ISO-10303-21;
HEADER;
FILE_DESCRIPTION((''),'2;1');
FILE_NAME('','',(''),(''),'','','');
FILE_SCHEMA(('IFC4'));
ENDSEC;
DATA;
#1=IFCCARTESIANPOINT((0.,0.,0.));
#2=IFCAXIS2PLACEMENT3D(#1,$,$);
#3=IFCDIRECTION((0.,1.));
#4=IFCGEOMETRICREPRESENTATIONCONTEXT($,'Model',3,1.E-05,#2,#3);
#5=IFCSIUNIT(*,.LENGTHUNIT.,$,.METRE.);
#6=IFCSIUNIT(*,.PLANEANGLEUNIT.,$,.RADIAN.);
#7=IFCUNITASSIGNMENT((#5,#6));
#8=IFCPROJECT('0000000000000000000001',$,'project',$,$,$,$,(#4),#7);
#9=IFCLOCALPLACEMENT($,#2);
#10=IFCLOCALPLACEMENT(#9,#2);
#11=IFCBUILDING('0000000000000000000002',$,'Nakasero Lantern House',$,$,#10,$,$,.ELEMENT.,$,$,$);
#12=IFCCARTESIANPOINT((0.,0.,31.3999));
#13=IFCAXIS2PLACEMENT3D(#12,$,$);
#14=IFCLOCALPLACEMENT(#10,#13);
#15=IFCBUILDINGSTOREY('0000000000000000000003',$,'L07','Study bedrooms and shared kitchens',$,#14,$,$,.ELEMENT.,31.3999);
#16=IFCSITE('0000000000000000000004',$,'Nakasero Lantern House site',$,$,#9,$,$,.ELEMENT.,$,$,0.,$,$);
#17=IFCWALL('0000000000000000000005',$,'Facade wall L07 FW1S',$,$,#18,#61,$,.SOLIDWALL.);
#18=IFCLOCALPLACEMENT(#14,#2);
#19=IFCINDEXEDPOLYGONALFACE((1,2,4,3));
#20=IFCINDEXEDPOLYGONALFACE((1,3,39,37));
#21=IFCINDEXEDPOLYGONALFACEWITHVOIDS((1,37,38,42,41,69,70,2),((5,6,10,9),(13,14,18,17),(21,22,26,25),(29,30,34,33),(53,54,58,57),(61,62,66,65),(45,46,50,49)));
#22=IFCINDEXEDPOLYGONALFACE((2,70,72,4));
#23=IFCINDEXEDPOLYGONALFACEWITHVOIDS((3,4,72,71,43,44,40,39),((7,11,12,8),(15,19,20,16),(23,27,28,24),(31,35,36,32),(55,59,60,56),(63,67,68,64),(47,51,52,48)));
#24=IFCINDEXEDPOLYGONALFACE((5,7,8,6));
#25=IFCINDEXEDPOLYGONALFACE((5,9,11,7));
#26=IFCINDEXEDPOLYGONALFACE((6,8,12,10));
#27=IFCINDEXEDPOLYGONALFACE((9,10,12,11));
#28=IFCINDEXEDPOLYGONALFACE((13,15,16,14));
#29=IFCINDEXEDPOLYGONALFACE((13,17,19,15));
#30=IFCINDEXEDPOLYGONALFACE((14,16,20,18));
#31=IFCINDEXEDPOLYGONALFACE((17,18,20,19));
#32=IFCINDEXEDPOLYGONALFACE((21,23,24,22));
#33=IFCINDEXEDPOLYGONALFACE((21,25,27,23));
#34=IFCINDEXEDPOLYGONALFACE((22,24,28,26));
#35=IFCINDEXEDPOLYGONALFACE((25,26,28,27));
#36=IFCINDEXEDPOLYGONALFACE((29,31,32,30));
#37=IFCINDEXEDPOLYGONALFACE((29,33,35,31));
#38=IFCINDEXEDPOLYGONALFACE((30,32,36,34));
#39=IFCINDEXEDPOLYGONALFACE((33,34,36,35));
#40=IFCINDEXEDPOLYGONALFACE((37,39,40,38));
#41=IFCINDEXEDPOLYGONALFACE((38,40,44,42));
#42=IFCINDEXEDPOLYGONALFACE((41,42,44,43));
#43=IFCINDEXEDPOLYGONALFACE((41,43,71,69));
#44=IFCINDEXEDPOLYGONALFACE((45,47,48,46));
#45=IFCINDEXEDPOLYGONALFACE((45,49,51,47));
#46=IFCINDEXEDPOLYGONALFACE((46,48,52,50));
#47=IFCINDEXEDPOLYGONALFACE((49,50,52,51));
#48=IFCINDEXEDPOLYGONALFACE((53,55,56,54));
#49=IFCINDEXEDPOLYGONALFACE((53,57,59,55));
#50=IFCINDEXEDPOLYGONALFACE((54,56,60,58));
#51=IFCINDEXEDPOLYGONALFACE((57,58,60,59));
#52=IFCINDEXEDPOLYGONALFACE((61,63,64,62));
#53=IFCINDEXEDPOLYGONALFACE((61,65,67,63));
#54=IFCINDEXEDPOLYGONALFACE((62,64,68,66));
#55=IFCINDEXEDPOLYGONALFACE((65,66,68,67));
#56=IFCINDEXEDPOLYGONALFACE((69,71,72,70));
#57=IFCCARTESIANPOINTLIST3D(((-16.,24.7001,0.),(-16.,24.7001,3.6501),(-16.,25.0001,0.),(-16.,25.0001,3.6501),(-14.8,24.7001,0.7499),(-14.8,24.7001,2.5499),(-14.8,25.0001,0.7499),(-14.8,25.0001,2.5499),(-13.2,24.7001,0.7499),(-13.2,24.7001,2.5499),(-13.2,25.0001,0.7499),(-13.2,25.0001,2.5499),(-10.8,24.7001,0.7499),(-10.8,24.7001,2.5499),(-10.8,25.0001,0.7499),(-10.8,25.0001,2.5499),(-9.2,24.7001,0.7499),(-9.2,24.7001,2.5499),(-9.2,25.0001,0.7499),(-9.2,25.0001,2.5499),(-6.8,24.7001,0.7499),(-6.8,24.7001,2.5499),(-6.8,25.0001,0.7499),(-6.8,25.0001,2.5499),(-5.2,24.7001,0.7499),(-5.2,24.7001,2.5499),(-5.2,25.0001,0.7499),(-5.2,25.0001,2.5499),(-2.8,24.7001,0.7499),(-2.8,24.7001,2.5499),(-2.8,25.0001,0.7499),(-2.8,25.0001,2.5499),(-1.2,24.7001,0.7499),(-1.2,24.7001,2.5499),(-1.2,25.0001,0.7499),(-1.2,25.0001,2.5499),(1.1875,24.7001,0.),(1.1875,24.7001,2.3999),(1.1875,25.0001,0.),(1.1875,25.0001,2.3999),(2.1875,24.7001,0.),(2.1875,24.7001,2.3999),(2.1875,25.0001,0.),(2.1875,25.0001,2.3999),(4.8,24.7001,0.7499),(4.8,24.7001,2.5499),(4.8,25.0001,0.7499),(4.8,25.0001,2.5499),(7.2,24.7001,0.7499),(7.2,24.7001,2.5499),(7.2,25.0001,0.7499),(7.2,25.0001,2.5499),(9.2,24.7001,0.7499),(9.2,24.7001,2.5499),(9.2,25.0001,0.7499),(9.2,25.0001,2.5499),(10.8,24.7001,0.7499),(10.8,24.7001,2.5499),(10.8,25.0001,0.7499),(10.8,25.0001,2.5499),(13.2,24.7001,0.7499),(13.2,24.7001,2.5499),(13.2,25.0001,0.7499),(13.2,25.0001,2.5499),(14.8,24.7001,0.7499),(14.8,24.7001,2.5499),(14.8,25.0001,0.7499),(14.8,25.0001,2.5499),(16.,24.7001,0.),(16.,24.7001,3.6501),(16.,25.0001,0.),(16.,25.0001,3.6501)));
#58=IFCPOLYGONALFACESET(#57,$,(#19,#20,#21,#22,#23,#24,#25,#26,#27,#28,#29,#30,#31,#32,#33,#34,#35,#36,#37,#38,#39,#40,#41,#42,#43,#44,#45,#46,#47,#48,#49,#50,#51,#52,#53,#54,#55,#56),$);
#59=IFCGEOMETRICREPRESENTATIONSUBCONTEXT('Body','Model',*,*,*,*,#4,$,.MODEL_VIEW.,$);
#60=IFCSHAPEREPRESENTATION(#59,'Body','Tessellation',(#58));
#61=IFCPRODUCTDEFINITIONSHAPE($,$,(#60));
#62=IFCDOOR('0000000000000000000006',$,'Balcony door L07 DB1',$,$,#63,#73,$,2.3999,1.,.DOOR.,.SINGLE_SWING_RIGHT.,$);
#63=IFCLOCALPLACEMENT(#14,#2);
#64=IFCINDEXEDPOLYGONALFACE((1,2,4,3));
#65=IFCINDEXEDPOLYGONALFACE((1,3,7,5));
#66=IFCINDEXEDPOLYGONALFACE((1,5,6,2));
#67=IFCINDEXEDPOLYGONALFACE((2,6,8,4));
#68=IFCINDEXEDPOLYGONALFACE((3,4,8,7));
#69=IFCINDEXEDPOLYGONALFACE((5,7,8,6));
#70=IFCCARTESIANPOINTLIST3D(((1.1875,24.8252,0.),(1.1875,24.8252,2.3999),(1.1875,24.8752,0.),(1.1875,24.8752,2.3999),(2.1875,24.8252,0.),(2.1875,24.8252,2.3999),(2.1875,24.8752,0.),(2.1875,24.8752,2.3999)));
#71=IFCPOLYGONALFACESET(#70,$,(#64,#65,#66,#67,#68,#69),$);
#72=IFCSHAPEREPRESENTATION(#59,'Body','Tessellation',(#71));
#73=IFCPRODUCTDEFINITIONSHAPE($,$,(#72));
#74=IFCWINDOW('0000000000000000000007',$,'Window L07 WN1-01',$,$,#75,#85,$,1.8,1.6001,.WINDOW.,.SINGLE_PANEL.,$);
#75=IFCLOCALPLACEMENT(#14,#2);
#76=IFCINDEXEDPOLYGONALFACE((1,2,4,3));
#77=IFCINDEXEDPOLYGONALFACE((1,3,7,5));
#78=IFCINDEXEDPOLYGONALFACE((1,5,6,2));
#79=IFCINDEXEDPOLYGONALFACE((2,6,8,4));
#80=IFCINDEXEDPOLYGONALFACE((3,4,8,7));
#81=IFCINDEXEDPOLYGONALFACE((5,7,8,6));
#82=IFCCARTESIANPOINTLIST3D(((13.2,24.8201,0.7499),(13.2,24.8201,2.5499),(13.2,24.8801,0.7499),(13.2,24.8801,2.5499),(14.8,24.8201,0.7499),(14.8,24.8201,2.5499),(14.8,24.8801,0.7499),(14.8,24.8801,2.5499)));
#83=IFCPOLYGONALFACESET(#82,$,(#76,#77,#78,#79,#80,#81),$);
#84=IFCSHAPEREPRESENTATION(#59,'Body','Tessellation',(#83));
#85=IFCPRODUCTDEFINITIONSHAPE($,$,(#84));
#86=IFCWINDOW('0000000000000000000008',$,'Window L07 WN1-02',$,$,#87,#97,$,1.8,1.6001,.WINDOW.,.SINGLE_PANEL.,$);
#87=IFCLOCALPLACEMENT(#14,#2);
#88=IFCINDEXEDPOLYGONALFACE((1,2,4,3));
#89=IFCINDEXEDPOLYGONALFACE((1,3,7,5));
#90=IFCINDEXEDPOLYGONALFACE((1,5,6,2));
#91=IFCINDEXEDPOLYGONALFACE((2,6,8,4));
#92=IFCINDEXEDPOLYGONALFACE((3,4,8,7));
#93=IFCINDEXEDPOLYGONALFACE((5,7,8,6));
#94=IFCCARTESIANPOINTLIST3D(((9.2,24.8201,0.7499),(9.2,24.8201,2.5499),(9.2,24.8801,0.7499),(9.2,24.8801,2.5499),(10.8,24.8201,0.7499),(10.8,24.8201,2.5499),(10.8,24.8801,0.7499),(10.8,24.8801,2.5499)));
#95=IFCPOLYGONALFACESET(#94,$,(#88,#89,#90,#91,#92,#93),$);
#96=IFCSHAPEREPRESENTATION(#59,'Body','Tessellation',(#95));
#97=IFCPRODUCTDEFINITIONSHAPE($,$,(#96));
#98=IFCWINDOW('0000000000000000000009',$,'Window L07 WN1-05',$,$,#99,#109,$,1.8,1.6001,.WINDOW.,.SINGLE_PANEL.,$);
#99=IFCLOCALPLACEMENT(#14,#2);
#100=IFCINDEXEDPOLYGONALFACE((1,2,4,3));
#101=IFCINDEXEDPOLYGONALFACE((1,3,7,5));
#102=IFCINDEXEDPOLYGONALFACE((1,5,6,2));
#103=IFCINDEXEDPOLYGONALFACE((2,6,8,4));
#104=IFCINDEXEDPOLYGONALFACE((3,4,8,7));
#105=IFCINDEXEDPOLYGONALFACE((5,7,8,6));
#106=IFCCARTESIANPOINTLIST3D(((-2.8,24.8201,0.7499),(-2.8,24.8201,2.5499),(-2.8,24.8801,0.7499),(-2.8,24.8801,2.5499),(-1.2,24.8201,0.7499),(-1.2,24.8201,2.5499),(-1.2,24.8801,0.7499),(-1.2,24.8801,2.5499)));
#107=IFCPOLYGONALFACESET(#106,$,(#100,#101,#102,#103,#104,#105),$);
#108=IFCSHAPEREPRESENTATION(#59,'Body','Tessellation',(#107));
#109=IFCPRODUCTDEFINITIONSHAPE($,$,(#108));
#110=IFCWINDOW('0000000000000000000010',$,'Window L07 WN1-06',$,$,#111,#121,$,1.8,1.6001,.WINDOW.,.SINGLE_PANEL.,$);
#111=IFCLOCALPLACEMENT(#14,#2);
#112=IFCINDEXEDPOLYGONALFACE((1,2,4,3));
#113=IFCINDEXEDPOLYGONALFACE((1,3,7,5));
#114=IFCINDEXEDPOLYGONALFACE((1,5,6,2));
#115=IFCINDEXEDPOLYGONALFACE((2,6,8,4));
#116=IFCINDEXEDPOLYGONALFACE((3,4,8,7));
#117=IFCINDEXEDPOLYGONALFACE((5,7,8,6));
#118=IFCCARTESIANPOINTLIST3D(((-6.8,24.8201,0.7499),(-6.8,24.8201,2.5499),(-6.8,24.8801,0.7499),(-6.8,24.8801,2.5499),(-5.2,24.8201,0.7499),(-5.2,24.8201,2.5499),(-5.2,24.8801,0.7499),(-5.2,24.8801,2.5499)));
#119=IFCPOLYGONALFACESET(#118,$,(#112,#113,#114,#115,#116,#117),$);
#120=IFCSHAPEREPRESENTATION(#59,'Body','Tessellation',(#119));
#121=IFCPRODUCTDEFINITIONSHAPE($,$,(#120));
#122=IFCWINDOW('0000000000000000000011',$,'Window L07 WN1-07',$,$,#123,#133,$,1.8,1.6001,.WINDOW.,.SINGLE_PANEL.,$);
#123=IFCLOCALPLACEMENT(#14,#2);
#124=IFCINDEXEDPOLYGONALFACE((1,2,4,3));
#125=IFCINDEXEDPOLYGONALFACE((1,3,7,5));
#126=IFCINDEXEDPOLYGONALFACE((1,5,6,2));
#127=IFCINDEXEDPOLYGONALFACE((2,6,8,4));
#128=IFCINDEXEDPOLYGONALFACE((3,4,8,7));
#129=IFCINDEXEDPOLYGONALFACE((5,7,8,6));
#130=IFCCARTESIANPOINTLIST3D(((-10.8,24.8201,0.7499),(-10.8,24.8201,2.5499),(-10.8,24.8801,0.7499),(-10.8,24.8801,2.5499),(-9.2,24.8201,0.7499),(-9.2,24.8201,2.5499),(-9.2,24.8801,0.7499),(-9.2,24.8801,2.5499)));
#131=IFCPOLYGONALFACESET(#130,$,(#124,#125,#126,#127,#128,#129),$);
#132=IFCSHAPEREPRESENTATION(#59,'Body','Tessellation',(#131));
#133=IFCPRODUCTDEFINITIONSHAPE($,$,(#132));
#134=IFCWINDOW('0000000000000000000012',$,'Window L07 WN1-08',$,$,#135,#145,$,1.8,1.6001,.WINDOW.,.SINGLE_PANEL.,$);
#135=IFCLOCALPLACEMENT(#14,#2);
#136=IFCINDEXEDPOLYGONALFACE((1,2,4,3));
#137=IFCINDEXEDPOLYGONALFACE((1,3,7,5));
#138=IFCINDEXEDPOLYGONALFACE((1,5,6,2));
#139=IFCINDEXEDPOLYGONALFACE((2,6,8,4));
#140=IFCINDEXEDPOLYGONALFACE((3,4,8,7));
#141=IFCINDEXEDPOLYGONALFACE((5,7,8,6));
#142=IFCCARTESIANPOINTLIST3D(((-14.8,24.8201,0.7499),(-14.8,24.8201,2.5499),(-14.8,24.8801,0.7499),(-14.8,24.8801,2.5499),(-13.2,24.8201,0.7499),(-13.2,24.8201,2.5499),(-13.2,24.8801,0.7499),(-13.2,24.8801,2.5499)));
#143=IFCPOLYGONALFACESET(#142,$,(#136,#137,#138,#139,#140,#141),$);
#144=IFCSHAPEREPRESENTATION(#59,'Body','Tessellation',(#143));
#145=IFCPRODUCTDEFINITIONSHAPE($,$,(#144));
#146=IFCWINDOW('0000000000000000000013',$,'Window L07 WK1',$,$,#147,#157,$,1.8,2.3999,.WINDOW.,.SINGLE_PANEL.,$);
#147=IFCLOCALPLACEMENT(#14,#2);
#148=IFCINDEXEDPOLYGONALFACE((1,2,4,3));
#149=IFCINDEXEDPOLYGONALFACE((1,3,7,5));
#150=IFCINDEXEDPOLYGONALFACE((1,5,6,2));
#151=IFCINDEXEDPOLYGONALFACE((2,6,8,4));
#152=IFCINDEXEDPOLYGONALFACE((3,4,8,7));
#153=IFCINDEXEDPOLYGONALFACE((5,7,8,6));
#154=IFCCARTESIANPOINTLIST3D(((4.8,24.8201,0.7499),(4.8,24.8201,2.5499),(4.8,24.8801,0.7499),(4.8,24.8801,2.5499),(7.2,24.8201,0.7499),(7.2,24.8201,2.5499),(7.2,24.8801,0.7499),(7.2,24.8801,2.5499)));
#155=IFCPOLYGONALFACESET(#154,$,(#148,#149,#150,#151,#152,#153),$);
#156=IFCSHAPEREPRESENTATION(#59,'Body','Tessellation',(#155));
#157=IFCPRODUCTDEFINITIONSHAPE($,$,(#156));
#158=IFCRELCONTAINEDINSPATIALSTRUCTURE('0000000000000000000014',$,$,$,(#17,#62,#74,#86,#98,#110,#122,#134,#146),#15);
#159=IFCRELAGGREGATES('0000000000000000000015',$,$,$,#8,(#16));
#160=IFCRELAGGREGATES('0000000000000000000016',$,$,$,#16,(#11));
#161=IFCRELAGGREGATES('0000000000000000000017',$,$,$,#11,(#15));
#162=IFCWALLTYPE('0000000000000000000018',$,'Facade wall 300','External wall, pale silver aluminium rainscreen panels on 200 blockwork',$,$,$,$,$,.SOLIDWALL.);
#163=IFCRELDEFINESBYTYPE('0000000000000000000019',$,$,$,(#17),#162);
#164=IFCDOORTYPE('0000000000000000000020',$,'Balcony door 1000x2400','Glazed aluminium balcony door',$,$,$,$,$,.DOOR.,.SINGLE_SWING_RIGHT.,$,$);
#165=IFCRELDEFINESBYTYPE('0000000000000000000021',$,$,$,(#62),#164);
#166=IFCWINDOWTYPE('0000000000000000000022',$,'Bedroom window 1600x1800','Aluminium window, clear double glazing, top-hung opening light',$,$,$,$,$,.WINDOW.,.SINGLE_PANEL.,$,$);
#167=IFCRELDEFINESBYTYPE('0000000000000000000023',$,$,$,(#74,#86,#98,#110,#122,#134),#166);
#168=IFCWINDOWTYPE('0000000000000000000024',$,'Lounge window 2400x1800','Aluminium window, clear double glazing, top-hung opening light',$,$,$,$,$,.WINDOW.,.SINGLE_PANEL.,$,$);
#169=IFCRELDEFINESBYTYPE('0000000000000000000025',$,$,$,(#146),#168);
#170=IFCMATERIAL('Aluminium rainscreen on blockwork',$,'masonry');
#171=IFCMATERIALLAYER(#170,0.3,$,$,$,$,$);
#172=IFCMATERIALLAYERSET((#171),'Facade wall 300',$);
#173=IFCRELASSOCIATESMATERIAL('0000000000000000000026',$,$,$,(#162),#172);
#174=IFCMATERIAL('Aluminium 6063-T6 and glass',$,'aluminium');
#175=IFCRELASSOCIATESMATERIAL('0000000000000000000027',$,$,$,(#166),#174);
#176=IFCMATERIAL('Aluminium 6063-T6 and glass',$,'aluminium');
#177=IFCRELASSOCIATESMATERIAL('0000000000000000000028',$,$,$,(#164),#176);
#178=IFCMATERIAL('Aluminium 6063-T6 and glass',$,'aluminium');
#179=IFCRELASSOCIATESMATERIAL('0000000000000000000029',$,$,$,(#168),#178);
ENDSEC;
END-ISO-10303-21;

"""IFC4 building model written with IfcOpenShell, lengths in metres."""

from ifc_helpers import new_model, si_unit, direction, frame, frame_2d, origin, place, context, subcontext, project, spatial, rectangle, extrude, material, layer, layer_set, type_object, element, fill, save


model = new_model("IFC4")

# Units and contexts
model_context = context("Model", 3, precision=1e-05, world=origin(), true_north=direction((0.0, 1.0)))
body_context = subcontext(model_context, "Body", "Model", "MODEL_VIEW")
ifc_project = project(units=[si_unit("LENGTHUNIT", "METRE"), si_unit("PLANEANGLEUNIT", "RADIAN")], contexts=[model_context])

# Site, building, storey
site_placement = place(None, origin())
site = spatial("IfcSite", under=ifc_project, at=site_placement, Name="Nakasero Lantern House site", CompositionType="ELEMENT", RefElevation=0.0)
building_placement = place(site_placement, origin())
building = spatial("IfcBuilding", under=site, at=building_placement, Name="Nakasero Lantern House", CompositionType="ELEMENT")
storey_placement = place(building_placement, frame((0.0, 0.0, 31.3999)))
storey = spatial("IfcBuildingStorey", under=building, at=storey_placement, Name="L07", Description="Study bedrooms and shared kitchens", CompositionType="ELEMENT", Elevation=31.3999)

# Shared definitions
ifc_material_1 = material(Name="Aluminium rainscreen on blockwork", Category="masonry")
ifc_layer_1 = layer(ifc_material_1, 0.3)
ifc_layer_set_1 = layer_set([ifc_layer_1], Name="Facade wall 300")
wall_type_1 = type_object("IfcWallType", Name="Facade wall 300", Description="External wall, pale silver aluminium rainscreen panels on 200 blockwork", PredefinedType="SOLIDWALL", material=ifc_layer_set_1)
ifc_material_2 = material(Name="Aluminium 6063-T6 and glass", Category="aluminium")
window_type_1 = type_object("IfcWindowType", Name="Bedroom window 1600x1800", Description="Aluminium window, clear double glazing, top-hung opening light", PartitioningType="SINGLE_PANEL", PredefinedType="WINDOW", material=ifc_material_2)

# Wall, openings, door, windows
wall_1_placement = place(storey_placement, frame((16.0, 24.8501, 0.0), z_axis=(0.0, 0.0, 1.0), x_axis=(-1.0, 0.0, 0.0)))
wall_1 = element("IfcWall", 1, at=wall_1_placement, inside=storey, type_object=wall_type_1, Name="Facade wall L07 FW1S", PredefinedType="SOLIDWALL", context=body_context, shape_type="SweptSolid", body=[
    extrude(rectangle(XDim=32.0, YDim=0.3, at=frame_2d((16.0, 0.0))), origin(), (0.0, 0.0, 1.0), 3.6501),
])
opening_1_placement = place(wall_1_placement, frame((1.2, 0.0, 0.75)))
opening_1 = element("IfcOpeningElement", 2, at=opening_1_placement, cuts=wall_1, PredefinedType="OPENING", context=body_context, shape_type="SweptSolid", body=[
    extrude(rectangle(XDim=1.6001, YDim=1.8, at=frame_2d((0.8, 0.8999))), frame((0.0, 0.1699, 0.0), z_axis=(0.0, -1.0, 0.0), x_axis=(1.0, 0.0, 0.0)), (0.0, 0.0, 1.0), 0.3401),
])
opening_2_placement = place(wall_1_placement, frame((5.2, 0.0, 0.75)))
opening_2 = element("IfcOpeningElement", 3, at=opening_2_placement, cuts=wall_1, PredefinedType="OPENING", context=body_context, shape_type="SweptSolid", body=[
    extrude(rectangle(XDim=1.6001, YDim=1.8, at=frame_2d((0.8, 0.8999))), frame((0.0, 0.1699, 0.0), z_axis=(0.0, -1.0, 0.0), x_axis=(1.0, 0.0, 0.0)), (0.0, 0.0, 1.0), 0.3401),
])
opening_3_placement = place(wall_1_placement, frame((17.2, 0.0, 0.75)))
opening_3 = element("IfcOpeningElement", 4, at=opening_3_placement, cuts=wall_1, PredefinedType="OPENING", context=body_context, shape_type="SweptSolid", body=[
    extrude(rectangle(XDim=1.6001, YDim=1.8, at=frame_2d((0.8, 0.8999))), frame((0.0, 0.1699, 0.0), z_axis=(0.0, -1.0, 0.0), x_axis=(1.0, 0.0, 0.0)), (0.0, 0.0, 1.0), 0.3401),
])
opening_4_placement = place(wall_1_placement, frame((21.2, 0.0, 0.75)))
opening_4 = element("IfcOpeningElement", 5, at=opening_4_placement, cuts=wall_1, PredefinedType="OPENING", context=body_context, shape_type="SweptSolid", body=[
    extrude(rectangle(XDim=1.6001, YDim=1.8, at=frame_2d((0.8, 0.8999))), frame((0.0, 0.1699, 0.0), z_axis=(0.0, -1.0, 0.0), x_axis=(1.0, 0.0, 0.0)), (0.0, 0.0, 1.0), 0.3401),
])
opening_5_placement = place(wall_1_placement, frame((25.2, 0.0, 0.75)))
opening_5 = element("IfcOpeningElement", 6, at=opening_5_placement, cuts=wall_1, PredefinedType="OPENING", context=body_context, shape_type="SweptSolid", body=[
    extrude(rectangle(XDim=1.6001, YDim=1.8, at=frame_2d((0.8, 0.8999))), frame((0.0, 0.1699, 0.0), z_axis=(0.0, -1.0, 0.0), x_axis=(1.0, 0.0, 0.0)), (0.0, 0.0, 1.0), 0.3401),
])
opening_6_placement = place(wall_1_placement, frame((29.2, 0.0, 0.75)))
opening_6 = element("IfcOpeningElement", 7, at=opening_6_placement, cuts=wall_1, PredefinedType="OPENING", context=body_context, shape_type="SweptSolid", body=[
    extrude(rectangle(XDim=1.6001, YDim=1.8, at=frame_2d((0.8, 0.8999))), frame((0.0, 0.1699, 0.0), z_axis=(0.0, -1.0, 0.0), x_axis=(1.0, 0.0, 0.0)), (0.0, 0.0, 1.0), 0.3401),
])
opening_7_placement = place(wall_1_placement, frame((8.8, 0.0, 0.75)))
opening_7 = element("IfcOpeningElement", 8, at=opening_7_placement, cuts=wall_1, PredefinedType="OPENING", context=body_context, shape_type="SweptSolid", body=[
    extrude(rectangle(XDim=2.3999, YDim=1.8, at=frame_2d((1.2, 0.8999))), frame((0.0, 0.1699, 0.0), z_axis=(0.0, -1.0, 0.0), x_axis=(1.0, 0.0, 0.0)), (0.0, 0.0, 1.0), 0.3401),
])
opening_8_placement = place(wall_1_placement, frame((13.8125, 0.0, 0.0)))
opening_8 = element("IfcOpeningElement", 9, at=opening_8_placement, cuts=wall_1, PredefinedType="OPENING", context=body_context, shape_type="SweptSolid", body=[
    extrude(rectangle(XDim=1.0, YDim=2.3999, at=frame_2d((0.5, 1.2))), frame((0.0, 0.1699, 0.0), z_axis=(0.0, -1.0, 0.0), x_axis=(1.0, 0.0, 0.0)), (0.0, 0.0, 1.0), 0.3401),
])
ifc_material_3 = material(Name="Aluminium 6063-T6 and glass", Category="aluminium")
door_type_1 = type_object("IfcDoorType", Name="Balcony door 1000x2400", Description="Glazed aluminium balcony door", OperationType="SINGLE_SWING_RIGHT", PredefinedType="DOOR", material=ifc_material_3)
door_1_placement = place(opening_8_placement, origin())
door_1 = element("IfcDoor", 10, at=door_1_placement, inside=storey, type_object=door_type_1, Name="Balcony door L07 DB1", OperationType="SINGLE_SWING_RIGHT", OverallHeight=2.3999, OverallWidth=1.0, PredefinedType="DOOR", context=body_context, shape_type="SweptSolid", body=[
    extrude(rectangle(XDim=1.0, YDim=2.3999, at=frame_2d((0.5, 1.2))), frame((0.0, 0.0249, 0.0), z_axis=(0.0, -1.0, 0.0), x_axis=(1.0, 0.0, 0.0)), (0.0, 0.0, 1.0), 0.05),
])
fill(opening_8, door_1)
window_1_placement = place(opening_1_placement, origin())
window_1 = element("IfcWindow", 11, at=window_1_placement, inside=storey, type_object=window_type_1, Name="Window L07 WN1-01", OverallHeight=1.8, OverallWidth=1.6001, PartitioningType="SINGLE_PANEL", PredefinedType="WINDOW", context=body_context, shape_type="SweptSolid", body=[
    extrude(rectangle(XDim=1.6001, YDim=1.8, at=frame_2d((0.8, 0.8999))), frame((0.0, 0.03, 0.0), z_axis=(0.0, -1.0, 0.0), x_axis=(1.0, 0.0, 0.0)), (0.0, 0.0, 1.0), 0.0601),
])
fill(opening_1, window_1)
window_2_placement = place(opening_2_placement, origin())
window_2 = element("IfcWindow", 12, at=window_2_placement, inside=storey, type_object=window_type_1, Name="Window L07 WN1-02", OverallHeight=1.8, OverallWidth=1.6001, PartitioningType="SINGLE_PANEL", PredefinedType="WINDOW", context=body_context, shape_type="SweptSolid", body=[
    extrude(rectangle(XDim=1.6001, YDim=1.8, at=frame_2d((0.8, 0.8999))), frame((0.0, 0.03, 0.0), z_axis=(0.0, -1.0, 0.0), x_axis=(1.0, 0.0, 0.0)), (0.0, 0.0, 1.0), 0.0601),
])
fill(opening_2, window_2)
window_3_placement = place(opening_3_placement, origin())
window_3 = element("IfcWindow", 13, at=window_3_placement, inside=storey, type_object=window_type_1, Name="Window L07 WN1-05", OverallHeight=1.8, OverallWidth=1.6001, PartitioningType="SINGLE_PANEL", PredefinedType="WINDOW", context=body_context, shape_type="SweptSolid", body=[
    extrude(rectangle(XDim=1.6001, YDim=1.8, at=frame_2d((0.8, 0.8999))), frame((0.0, 0.03, 0.0), z_axis=(0.0, -1.0, 0.0), x_axis=(1.0, 0.0, 0.0)), (0.0, 0.0, 1.0), 0.0601),
])
fill(opening_3, window_3)
window_4_placement = place(opening_4_placement, origin())
window_4 = element("IfcWindow", 14, at=window_4_placement, inside=storey, type_object=window_type_1, Name="Window L07 WN1-06", OverallHeight=1.8, OverallWidth=1.6001, PartitioningType="SINGLE_PANEL", PredefinedType="WINDOW", context=body_context, shape_type="SweptSolid", body=[
    extrude(rectangle(XDim=1.6001, YDim=1.8, at=frame_2d((0.8, 0.8999))), frame((0.0, 0.03, 0.0), z_axis=(0.0, -1.0, 0.0), x_axis=(1.0, 0.0, 0.0)), (0.0, 0.0, 1.0), 0.0601),
])
fill(opening_4, window_4)
window_5_placement = place(opening_5_placement, origin())
window_5 = element("IfcWindow", 15, at=window_5_placement, inside=storey, type_object=window_type_1, Name="Window L07 WN1-07", OverallHeight=1.8, OverallWidth=1.6001, PartitioningType="SINGLE_PANEL", PredefinedType="WINDOW", context=body_context, shape_type="SweptSolid", body=[
    extrude(rectangle(XDim=1.6001, YDim=1.8, at=frame_2d((0.8, 0.8999))), frame((0.0, 0.03, 0.0), z_axis=(0.0, -1.0, 0.0), x_axis=(1.0, 0.0, 0.0)), (0.0, 0.0, 1.0), 0.0601),
])
fill(opening_5, window_5)
window_6_placement = place(opening_6_placement, origin())
window_6 = element("IfcWindow", 16, at=window_6_placement, inside=storey, type_object=window_type_1, Name="Window L07 WN1-08", OverallHeight=1.8, OverallWidth=1.6001, PartitioningType="SINGLE_PANEL", PredefinedType="WINDOW", context=body_context, shape_type="SweptSolid", body=[
    extrude(rectangle(XDim=1.6001, YDim=1.8, at=frame_2d((0.8, 0.8999))), frame((0.0, 0.03, 0.0), z_axis=(0.0, -1.0, 0.0), x_axis=(1.0, 0.0, 0.0)), (0.0, 0.0, 1.0), 0.0601),
])
fill(opening_6, window_6)
ifc_material_4 = material(Name="Aluminium 6063-T6 and glass", Category="aluminium")
window_type_2 = type_object("IfcWindowType", Name="Lounge window 2400x1800", Description="Aluminium window, clear double glazing, top-hung opening light", PartitioningType="SINGLE_PANEL", PredefinedType="WINDOW", material=ifc_material_4)
window_7_placement = place(opening_7_placement, origin())
window_7 = element("IfcWindow", 17, at=window_7_placement, inside=storey, type_object=window_type_2, Name="Window L07 WK1", OverallHeight=1.8, OverallWidth=2.3999, PartitioningType="SINGLE_PANEL", PredefinedType="WINDOW", context=body_context, shape_type="SweptSolid", body=[
    extrude(rectangle(XDim=2.3999, YDim=1.8, at=frame_2d((1.2, 0.8999))), frame((0.0, 0.03, 0.0), z_axis=(0.0, -1.0, 0.0), x_axis=(1.0, 0.0, 0.0)), (0.0, 0.0, 1.0), 0.0601),
])
fill(opening_7, window_7)

save(model, "model.ifc")
